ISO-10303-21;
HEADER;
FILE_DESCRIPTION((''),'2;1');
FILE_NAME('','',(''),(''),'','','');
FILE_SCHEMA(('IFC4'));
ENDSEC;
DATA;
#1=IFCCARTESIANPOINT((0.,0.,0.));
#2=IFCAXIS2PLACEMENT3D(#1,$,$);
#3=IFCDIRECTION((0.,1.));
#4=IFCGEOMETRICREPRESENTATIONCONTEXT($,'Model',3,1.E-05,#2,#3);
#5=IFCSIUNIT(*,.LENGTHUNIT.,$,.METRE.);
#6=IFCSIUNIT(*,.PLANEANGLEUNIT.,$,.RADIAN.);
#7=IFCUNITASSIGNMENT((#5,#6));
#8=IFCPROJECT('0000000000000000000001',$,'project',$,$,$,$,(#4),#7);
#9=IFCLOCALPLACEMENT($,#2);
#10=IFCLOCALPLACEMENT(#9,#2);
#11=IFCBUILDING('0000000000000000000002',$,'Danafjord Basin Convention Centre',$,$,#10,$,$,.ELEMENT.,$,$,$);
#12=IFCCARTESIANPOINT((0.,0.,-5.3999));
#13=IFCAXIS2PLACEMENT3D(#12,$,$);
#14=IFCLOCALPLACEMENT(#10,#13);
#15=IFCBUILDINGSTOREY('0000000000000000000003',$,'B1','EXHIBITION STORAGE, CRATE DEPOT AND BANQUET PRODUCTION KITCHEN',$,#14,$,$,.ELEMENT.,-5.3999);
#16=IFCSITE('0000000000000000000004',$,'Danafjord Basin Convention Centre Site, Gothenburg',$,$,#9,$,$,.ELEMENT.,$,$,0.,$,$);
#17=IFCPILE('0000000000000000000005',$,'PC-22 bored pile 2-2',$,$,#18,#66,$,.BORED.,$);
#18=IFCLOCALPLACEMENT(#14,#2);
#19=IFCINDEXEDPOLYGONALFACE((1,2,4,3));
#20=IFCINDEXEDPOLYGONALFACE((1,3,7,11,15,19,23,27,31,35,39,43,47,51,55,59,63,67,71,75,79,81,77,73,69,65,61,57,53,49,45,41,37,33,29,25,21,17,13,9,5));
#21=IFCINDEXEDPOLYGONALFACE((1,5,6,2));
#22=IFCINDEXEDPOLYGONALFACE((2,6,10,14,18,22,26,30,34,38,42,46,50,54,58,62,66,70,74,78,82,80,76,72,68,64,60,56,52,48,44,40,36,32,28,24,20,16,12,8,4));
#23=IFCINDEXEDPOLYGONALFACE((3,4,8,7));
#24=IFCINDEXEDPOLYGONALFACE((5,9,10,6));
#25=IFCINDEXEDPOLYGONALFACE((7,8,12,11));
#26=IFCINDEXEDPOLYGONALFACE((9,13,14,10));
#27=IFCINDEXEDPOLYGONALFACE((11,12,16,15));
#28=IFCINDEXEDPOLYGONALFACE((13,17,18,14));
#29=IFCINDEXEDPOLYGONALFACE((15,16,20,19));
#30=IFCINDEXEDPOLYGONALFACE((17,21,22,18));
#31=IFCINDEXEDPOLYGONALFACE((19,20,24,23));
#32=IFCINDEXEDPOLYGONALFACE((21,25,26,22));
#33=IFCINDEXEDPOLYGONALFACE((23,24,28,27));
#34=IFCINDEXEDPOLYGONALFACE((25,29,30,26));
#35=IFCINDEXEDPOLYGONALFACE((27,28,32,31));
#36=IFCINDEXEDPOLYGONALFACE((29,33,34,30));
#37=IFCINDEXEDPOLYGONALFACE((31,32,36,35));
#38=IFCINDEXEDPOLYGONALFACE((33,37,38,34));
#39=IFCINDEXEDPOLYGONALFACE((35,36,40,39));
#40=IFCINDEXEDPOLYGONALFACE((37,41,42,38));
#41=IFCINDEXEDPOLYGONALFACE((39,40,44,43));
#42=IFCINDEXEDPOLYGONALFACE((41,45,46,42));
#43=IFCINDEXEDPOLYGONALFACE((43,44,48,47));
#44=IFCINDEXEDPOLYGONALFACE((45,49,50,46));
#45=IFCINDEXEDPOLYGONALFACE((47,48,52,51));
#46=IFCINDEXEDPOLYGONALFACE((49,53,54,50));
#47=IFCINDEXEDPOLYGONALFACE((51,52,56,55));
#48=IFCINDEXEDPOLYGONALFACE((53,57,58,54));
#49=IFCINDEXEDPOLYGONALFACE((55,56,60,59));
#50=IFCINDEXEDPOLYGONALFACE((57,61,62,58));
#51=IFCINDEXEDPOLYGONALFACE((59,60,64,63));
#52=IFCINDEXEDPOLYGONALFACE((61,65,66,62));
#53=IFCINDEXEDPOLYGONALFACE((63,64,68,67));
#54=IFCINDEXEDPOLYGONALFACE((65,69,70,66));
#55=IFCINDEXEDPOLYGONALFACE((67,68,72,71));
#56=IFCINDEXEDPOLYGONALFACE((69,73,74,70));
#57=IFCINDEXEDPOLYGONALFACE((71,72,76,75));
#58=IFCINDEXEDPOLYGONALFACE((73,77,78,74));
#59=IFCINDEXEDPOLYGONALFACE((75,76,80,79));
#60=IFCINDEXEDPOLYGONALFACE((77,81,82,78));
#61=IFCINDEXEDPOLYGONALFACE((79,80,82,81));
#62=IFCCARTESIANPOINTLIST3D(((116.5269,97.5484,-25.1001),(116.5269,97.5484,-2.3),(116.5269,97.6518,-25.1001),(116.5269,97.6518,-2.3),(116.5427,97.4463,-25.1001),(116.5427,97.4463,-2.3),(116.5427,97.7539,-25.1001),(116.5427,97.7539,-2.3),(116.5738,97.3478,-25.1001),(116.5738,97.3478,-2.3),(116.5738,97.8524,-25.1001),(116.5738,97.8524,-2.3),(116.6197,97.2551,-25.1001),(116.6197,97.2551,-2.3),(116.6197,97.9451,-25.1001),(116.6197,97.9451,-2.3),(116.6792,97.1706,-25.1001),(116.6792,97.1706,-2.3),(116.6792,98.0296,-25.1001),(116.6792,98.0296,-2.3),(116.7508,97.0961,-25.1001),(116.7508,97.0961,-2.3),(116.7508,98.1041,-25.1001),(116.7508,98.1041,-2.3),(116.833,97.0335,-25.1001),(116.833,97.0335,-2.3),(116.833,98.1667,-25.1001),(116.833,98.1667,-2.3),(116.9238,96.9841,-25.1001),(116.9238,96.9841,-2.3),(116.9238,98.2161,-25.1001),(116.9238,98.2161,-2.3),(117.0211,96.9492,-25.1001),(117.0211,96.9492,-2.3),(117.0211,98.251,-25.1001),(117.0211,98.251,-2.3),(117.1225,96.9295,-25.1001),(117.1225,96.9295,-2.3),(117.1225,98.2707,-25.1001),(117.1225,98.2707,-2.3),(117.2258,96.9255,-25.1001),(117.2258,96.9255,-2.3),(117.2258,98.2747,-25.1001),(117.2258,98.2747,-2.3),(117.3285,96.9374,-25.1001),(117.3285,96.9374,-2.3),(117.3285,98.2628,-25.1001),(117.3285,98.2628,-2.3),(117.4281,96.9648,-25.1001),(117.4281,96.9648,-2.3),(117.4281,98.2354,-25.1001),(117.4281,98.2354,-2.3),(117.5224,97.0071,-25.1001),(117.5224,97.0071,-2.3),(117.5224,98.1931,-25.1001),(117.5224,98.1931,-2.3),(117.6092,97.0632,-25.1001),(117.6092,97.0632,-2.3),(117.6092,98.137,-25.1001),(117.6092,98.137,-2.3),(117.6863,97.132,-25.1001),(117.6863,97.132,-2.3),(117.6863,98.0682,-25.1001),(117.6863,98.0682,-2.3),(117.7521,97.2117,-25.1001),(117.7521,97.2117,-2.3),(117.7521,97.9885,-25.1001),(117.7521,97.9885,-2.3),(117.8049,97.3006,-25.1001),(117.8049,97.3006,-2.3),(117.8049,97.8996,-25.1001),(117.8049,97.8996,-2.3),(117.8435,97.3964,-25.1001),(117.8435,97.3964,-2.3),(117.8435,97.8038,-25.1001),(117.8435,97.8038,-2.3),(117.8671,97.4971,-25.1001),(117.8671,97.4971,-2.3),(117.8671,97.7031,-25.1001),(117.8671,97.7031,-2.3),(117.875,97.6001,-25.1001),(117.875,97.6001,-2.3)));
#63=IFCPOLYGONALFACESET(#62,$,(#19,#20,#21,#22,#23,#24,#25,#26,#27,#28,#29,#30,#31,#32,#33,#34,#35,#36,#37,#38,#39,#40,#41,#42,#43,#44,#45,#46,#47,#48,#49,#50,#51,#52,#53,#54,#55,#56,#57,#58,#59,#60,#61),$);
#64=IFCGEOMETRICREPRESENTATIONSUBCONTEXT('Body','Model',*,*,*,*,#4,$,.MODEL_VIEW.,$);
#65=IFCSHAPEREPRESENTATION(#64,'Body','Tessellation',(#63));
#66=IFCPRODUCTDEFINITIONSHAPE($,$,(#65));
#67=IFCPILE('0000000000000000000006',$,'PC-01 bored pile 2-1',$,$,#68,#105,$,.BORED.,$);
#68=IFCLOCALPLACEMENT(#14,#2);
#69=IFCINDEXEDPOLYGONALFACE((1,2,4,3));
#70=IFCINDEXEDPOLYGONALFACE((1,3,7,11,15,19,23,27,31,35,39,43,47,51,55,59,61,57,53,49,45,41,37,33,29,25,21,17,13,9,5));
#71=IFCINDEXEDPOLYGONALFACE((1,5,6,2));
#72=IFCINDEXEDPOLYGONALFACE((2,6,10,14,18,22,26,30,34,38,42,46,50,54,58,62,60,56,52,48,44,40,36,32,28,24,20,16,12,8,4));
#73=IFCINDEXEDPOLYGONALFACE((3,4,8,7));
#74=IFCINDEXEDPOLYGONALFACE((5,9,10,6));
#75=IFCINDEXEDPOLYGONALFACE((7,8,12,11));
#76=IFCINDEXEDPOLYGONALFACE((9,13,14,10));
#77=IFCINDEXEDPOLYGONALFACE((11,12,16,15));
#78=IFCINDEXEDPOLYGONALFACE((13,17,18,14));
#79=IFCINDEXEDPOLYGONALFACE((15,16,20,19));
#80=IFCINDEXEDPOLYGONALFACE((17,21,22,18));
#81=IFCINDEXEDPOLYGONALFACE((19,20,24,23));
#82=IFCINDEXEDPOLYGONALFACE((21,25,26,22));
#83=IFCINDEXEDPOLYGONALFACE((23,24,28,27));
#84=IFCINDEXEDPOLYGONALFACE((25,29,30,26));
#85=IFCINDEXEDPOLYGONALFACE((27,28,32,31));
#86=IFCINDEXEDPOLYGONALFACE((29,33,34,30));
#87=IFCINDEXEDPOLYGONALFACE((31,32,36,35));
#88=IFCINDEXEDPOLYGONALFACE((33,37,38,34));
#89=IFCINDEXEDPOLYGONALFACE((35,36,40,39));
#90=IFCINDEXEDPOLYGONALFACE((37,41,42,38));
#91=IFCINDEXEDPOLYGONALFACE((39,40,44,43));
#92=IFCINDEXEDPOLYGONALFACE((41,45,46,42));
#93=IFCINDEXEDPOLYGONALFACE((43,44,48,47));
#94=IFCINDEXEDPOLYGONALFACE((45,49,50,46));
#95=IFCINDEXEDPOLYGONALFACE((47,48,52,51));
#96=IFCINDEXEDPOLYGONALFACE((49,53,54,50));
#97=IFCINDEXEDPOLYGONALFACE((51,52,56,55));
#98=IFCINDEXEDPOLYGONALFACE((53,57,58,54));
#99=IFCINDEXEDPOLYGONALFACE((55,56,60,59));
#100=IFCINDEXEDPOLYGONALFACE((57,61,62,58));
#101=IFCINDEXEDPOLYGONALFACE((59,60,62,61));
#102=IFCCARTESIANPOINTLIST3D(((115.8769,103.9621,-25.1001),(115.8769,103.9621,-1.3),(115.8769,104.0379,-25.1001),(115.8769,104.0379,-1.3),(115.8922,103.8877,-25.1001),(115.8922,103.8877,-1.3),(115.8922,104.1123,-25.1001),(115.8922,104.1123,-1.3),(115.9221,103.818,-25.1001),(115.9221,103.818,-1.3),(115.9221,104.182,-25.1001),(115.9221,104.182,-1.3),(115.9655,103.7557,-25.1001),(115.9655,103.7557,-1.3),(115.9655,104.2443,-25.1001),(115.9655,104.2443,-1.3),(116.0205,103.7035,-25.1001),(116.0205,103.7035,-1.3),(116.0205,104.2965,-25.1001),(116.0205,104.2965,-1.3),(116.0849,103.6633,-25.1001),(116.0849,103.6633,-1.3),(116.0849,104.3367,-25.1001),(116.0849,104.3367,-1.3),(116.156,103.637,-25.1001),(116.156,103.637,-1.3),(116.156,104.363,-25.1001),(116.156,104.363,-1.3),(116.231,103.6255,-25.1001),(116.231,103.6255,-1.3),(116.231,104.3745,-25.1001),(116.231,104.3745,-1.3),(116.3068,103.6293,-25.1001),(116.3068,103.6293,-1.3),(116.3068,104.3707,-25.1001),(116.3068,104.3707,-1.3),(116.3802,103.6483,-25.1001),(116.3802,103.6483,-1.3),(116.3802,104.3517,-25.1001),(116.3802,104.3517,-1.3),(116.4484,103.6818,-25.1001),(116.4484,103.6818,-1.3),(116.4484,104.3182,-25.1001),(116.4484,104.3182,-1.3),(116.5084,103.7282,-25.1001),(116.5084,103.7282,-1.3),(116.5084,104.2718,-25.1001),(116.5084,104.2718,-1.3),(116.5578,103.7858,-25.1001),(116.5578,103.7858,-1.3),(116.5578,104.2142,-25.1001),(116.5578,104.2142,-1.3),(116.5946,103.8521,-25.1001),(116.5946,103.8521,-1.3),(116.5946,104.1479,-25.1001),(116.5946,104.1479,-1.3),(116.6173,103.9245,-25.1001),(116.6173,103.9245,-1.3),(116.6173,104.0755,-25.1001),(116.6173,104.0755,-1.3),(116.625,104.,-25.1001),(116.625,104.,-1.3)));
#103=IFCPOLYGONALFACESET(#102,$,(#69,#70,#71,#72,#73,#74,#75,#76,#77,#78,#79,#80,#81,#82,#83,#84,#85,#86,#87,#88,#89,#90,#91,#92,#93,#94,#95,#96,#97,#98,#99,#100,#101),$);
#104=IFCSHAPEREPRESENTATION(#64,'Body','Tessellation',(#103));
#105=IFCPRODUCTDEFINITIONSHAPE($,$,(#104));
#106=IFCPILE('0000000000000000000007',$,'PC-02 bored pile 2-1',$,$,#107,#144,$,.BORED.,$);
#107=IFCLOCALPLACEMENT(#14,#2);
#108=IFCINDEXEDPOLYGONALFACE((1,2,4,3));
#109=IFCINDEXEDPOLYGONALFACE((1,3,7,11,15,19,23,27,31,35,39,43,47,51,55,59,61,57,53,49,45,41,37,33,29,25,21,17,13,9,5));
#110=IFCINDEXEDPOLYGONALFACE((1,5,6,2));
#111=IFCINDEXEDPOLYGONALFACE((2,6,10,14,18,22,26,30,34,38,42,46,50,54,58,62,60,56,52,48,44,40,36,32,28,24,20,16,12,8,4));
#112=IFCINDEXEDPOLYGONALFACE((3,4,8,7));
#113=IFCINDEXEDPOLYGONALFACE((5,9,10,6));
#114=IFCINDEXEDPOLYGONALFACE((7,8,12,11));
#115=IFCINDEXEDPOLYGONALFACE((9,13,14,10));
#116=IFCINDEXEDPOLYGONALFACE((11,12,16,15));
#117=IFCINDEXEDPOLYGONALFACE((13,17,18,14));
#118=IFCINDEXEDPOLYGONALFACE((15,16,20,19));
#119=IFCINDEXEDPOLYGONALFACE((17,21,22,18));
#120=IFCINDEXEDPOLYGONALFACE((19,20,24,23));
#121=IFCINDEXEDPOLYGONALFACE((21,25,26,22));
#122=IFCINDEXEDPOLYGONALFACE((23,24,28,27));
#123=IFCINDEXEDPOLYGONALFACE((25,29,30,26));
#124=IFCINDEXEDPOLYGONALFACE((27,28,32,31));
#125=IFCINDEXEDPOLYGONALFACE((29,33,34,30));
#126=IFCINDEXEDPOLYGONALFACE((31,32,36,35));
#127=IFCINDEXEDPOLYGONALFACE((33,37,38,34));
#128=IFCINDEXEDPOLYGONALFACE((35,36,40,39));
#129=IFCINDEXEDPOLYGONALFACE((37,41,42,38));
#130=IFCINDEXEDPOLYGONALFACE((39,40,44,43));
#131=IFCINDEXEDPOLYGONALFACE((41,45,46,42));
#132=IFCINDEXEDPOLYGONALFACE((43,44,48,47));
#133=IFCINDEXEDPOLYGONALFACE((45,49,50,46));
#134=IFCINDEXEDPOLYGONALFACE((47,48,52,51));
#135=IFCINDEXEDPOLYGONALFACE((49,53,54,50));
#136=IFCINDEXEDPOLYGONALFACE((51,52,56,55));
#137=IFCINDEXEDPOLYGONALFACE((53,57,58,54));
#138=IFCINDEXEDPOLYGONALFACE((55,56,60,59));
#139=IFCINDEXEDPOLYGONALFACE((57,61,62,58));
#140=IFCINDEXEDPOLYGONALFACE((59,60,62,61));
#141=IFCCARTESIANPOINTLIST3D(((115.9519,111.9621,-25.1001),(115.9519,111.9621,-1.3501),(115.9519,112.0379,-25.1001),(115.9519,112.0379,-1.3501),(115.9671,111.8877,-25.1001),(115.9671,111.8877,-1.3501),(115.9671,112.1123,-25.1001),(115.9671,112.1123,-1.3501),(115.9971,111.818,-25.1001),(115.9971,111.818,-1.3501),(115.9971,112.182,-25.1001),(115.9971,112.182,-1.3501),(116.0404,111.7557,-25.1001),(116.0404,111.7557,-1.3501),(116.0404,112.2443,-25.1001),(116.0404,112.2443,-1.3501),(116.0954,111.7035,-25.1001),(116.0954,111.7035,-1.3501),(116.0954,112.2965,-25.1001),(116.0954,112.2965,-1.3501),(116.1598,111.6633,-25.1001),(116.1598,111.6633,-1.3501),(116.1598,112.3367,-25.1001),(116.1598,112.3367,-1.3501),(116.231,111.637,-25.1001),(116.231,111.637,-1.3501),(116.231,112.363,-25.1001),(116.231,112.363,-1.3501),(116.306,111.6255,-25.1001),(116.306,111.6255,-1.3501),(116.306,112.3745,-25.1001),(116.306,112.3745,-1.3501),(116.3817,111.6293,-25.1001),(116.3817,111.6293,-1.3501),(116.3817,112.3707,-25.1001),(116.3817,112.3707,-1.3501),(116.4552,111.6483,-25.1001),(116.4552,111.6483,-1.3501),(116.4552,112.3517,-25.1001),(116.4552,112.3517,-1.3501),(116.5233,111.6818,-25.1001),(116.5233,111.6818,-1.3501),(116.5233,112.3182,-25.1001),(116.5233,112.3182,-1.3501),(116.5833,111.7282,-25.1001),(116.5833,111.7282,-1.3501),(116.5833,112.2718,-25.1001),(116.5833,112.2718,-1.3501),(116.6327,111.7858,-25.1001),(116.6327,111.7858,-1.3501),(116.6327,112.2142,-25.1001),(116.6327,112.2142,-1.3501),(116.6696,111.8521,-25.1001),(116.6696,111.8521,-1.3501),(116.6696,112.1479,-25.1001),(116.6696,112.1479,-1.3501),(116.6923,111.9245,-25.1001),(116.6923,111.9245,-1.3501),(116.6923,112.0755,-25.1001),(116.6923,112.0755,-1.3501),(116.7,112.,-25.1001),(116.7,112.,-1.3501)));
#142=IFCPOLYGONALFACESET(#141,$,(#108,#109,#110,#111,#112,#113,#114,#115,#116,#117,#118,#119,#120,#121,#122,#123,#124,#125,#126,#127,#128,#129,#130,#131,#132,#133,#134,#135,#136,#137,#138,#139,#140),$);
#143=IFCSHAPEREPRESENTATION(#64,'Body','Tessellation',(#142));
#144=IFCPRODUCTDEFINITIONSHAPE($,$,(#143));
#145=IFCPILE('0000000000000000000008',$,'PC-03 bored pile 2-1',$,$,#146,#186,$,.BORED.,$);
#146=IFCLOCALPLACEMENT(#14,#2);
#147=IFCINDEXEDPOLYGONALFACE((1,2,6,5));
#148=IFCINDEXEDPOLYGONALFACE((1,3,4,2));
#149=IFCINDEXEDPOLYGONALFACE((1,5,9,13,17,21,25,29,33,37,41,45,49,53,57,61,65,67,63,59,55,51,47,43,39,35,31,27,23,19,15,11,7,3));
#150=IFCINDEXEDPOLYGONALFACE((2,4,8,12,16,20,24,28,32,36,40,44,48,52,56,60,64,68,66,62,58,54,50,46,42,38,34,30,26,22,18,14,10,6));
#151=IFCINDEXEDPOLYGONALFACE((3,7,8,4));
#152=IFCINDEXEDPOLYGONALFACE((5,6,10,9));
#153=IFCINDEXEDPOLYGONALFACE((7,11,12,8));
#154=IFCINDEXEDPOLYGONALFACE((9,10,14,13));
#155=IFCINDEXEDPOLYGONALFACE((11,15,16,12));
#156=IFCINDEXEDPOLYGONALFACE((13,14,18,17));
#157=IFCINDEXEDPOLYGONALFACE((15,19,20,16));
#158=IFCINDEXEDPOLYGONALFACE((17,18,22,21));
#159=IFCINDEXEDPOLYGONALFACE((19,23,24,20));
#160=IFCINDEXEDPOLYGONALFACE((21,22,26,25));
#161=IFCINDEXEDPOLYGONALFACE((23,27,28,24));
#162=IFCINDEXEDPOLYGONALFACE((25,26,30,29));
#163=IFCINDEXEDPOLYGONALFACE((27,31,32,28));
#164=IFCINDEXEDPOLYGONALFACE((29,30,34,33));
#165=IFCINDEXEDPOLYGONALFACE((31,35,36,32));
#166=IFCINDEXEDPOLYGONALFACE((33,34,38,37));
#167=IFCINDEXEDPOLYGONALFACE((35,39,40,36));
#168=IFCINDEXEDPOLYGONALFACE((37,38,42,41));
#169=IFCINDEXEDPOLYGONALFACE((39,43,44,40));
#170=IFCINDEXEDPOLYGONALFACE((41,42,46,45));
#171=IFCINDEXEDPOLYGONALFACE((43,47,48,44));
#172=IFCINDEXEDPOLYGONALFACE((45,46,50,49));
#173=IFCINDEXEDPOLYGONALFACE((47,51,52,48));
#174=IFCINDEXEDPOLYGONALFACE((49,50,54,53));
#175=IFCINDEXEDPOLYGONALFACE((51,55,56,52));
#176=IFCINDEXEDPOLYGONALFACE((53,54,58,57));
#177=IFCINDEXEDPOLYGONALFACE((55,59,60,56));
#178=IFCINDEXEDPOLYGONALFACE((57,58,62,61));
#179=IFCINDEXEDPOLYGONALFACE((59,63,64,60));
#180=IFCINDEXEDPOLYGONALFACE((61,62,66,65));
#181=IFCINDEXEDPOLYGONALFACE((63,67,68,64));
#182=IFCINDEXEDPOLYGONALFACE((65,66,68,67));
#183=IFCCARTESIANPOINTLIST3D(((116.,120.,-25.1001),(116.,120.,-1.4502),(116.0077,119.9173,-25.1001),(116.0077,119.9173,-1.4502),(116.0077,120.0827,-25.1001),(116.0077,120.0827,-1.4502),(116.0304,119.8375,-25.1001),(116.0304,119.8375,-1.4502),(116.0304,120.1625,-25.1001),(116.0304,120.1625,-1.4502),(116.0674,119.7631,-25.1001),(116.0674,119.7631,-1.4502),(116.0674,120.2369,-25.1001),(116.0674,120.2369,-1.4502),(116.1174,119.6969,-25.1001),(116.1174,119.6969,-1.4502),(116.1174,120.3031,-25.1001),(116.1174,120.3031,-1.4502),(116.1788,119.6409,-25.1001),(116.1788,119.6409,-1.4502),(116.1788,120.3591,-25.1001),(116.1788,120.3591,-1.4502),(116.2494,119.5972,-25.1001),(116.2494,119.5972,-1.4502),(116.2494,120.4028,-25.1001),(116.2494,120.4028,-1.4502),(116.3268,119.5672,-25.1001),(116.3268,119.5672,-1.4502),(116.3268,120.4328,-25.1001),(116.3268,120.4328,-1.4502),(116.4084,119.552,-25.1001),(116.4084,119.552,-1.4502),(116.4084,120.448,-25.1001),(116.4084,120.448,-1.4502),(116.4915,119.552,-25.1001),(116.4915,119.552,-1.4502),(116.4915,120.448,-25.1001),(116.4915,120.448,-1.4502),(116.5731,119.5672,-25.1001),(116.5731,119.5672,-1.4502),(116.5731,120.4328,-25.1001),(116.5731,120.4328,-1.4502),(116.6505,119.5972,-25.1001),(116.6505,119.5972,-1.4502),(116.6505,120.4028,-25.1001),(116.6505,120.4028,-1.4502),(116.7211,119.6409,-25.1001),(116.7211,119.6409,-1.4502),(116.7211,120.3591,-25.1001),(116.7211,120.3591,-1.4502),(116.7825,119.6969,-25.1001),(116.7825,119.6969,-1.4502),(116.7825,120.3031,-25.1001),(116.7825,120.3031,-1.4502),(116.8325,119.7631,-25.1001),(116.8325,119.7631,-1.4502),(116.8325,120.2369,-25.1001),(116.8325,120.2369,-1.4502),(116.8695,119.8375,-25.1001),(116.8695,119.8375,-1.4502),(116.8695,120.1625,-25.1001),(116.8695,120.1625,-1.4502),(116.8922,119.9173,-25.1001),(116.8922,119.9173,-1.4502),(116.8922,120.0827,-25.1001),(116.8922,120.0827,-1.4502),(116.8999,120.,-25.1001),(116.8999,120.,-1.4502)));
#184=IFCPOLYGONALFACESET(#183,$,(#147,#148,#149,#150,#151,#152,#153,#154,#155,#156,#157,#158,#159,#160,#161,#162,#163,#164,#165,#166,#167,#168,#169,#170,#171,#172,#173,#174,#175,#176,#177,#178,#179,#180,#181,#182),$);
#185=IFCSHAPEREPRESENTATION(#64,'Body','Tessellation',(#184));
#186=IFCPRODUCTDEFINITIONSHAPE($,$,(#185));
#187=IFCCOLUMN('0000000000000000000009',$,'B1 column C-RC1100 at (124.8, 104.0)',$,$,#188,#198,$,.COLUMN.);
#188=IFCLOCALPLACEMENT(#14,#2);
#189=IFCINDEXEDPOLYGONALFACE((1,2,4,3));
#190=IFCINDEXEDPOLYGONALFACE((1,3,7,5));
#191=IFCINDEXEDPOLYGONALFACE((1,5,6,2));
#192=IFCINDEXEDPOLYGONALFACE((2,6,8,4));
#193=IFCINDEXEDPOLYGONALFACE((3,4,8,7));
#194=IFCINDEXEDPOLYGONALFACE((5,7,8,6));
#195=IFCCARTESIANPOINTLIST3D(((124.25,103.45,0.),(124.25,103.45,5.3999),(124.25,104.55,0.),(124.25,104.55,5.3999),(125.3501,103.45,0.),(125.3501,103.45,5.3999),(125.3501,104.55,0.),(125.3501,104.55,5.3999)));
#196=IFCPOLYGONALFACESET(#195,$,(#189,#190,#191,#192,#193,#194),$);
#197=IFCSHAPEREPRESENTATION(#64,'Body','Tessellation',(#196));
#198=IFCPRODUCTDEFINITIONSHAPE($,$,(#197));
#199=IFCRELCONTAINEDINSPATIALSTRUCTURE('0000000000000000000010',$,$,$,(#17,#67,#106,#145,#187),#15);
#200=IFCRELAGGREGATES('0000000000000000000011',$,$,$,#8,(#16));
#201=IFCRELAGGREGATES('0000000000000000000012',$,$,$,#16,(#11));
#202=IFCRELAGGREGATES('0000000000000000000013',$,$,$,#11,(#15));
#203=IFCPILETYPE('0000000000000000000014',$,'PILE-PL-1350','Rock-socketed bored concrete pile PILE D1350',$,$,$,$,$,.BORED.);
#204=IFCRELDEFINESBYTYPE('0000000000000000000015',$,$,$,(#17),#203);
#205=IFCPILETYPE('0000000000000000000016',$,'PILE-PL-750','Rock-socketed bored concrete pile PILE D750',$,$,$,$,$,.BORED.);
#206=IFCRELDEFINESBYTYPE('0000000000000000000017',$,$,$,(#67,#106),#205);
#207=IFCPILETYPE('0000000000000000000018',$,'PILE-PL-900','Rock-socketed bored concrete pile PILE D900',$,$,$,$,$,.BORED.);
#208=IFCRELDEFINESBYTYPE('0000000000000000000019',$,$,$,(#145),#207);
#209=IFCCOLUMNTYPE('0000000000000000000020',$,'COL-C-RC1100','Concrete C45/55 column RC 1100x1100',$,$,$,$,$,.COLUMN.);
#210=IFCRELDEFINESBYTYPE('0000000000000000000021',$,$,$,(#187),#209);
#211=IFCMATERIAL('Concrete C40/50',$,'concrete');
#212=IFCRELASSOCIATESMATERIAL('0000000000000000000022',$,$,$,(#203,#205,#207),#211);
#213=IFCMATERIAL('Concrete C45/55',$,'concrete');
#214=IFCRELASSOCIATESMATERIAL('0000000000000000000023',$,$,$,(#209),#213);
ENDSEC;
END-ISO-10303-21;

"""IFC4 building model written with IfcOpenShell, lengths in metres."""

from ifc_helpers import new_model, si_unit, direction, frame, origin, origin_2d, place, context, subcontext, project, spatial, rectangle, circle, extrude, material, material_profile, profile_set, type_object, element, save


model = new_model("IFC4")

# Units and contexts
model_context = context("Model", 3, precision=1e-05, world=origin(), true_north=direction((0.0, 1.0)))
body_context = subcontext(model_context, "Body", "Model", "MODEL_VIEW")
ifc_project = project(units=[si_unit("LENGTHUNIT", "METRE"), si_unit("PLANEANGLEUNIT", "RADIAN")], contexts=[model_context])

# Site, building, storey
site_placement = place(None, origin())
site = spatial("IfcSite", under=ifc_project, at=site_placement, Name="Danafjord Basin Convention Centre Site, Gothenburg", CompositionType="ELEMENT", RefElevation=0.0)
building_placement = place(site_placement, origin())
building = spatial("IfcBuilding", under=site, at=building_placement, Name="Danafjord Basin Convention Centre", CompositionType="ELEMENT")
storey_placement = place(building_placement, frame((0.0, 0.0, -5.3999)))
storey = spatial("IfcBuildingStorey", under=building, at=storey_placement, Name="B1", Description="EXHIBITION STORAGE, CRATE DEPOT AND BANQUET PRODUCTION KITCHEN", CompositionType="ELEMENT", Elevation=-5.3999)

# Shared definitions
ifc_material_1 = material(Name="Concrete C40/50", Category="concrete")

# Piles
ifc_material_profile_1 = material_profile(ifc_material_1, circle(Radius=0.675, at=origin_2d()), Name="PILE D1350")
ifc_profile_set_1 = profile_set([ifc_material_profile_1], Name="Concrete C40/50")
pile_type_1 = type_object("IfcPileType", Name="PILE-PL-1350", Description="Rock-socketed bored concrete pile PILE D1350", PredefinedType="BORED", material=ifc_profile_set_1)
pile_1_placement = place(storey_placement, frame((117.2, 97.6001, -2.3), z_axis=(0.0, 0.0, -1.0), x_axis=(1.0, 0.0, 0.0)))
element("IfcPile", 1, at=pile_1_placement, inside=storey, type_object=pile_type_1, Name="PC-22 bored pile 2-2", PredefinedType="BORED", context=body_context, shape_type="SweptSolid", body=[
    extrude(circle(Radius=0.675, at=origin_2d()), origin(), (0.0, 0.0, 1.0), 22.8),
])
ifc_material_profile_2 = material_profile(ifc_material_1, circle(Radius=0.375, at=origin_2d()), Name="PILE D750")
ifc_profile_set_2 = profile_set([ifc_material_profile_2], Name="Concrete C40/50")
pile_type_2 = type_object("IfcPileType", Name="PILE-PL-750", Description="Rock-socketed bored concrete pile PILE D750", PredefinedType="BORED", material=ifc_profile_set_2)
pile_2_placement = place(storey_placement, frame((116.25, 104.0, -1.3), z_axis=(0.0, 0.0, -1.0), x_axis=(1.0, 0.0, 0.0)))
element("IfcPile", 2, at=pile_2_placement, inside=storey, type_object=pile_type_2, Name="PC-01 bored pile 2-1", PredefinedType="BORED", context=body_context, shape_type="SweptSolid", body=[
    extrude(circle(Radius=0.375, at=origin_2d()), origin(), (0.0, 0.0, 1.0), 23.8),
])
pile_3_placement = place(storey_placement, frame((116.325, 112.0, -1.3501), z_axis=(0.0, 0.0, -1.0), x_axis=(1.0, 0.0, 0.0)))
element("IfcPile", 3, at=pile_3_placement, inside=storey, type_object=pile_type_2, Name="PC-02 bored pile 2-1", PredefinedType="BORED", context=body_context, shape_type="SweptSolid", body=[
    extrude(circle(Radius=0.375, at=origin_2d()), origin(), (0.0, 0.0, 1.0), 23.75),
])
ifc_material_profile_3 = material_profile(ifc_material_1, circle(Radius=0.45, at=origin_2d()), Name="PILE D900")
ifc_profile_set_3 = profile_set([ifc_material_profile_3], Name="Concrete C40/50")
pile_type_3 = type_object("IfcPileType", Name="PILE-PL-900", Description="Rock-socketed bored concrete pile PILE D900", PredefinedType="BORED", material=ifc_profile_set_3)
pile_4_placement = place(storey_placement, frame((116.45, 120.0, -1.4502), z_axis=(0.0, 0.0, -1.0), x_axis=(1.0, 0.0, 0.0)))
element("IfcPile", 4, at=pile_4_placement, inside=storey, type_object=pile_type_3, Name="PC-03 bored pile 2-1", PredefinedType="BORED", context=body_context, shape_type="SweptSolid", body=[
    extrude(circle(Radius=0.45, at=origin_2d()), origin(), (0.0, 0.0, 1.0), 23.6499),
])

# Column
ifc_material_2 = material(Name="Concrete C45/55", Category="concrete")
ifc_material_profile_4 = material_profile(ifc_material_2, rectangle(XDim=1.1001, YDim=1.1001, at=origin_2d()), Name="RC 1100x1100")
ifc_profile_set_4 = profile_set([ifc_material_profile_4], Name="Concrete C45/55")
column_type_1 = type_object("IfcColumnType", Name="COL-C-RC1100", Description="Concrete C45/55 column RC 1100x1100", PredefinedType="COLUMN", material=ifc_profile_set_4)
column_1_placement = place(storey_placement, frame((124.8, 104.0, 0.0), z_axis=(0.0, 0.0, 1.0), x_axis=(1.0, 0.0, 0.0)))
element("IfcColumn", 5, at=column_1_placement, inside=storey, type_object=column_type_1, Name="B1 column C-RC1100 at (124.8, 104.0)", PredefinedType="COLUMN", context=body_context, shape_type="SweptSolid", body=[
    extrude(rectangle(XDim=1.1001, YDim=1.1001, at=origin_2d()), origin(), (0.0, 0.0, 1.0), 5.3999),
])

save(model, "model.ifc")
